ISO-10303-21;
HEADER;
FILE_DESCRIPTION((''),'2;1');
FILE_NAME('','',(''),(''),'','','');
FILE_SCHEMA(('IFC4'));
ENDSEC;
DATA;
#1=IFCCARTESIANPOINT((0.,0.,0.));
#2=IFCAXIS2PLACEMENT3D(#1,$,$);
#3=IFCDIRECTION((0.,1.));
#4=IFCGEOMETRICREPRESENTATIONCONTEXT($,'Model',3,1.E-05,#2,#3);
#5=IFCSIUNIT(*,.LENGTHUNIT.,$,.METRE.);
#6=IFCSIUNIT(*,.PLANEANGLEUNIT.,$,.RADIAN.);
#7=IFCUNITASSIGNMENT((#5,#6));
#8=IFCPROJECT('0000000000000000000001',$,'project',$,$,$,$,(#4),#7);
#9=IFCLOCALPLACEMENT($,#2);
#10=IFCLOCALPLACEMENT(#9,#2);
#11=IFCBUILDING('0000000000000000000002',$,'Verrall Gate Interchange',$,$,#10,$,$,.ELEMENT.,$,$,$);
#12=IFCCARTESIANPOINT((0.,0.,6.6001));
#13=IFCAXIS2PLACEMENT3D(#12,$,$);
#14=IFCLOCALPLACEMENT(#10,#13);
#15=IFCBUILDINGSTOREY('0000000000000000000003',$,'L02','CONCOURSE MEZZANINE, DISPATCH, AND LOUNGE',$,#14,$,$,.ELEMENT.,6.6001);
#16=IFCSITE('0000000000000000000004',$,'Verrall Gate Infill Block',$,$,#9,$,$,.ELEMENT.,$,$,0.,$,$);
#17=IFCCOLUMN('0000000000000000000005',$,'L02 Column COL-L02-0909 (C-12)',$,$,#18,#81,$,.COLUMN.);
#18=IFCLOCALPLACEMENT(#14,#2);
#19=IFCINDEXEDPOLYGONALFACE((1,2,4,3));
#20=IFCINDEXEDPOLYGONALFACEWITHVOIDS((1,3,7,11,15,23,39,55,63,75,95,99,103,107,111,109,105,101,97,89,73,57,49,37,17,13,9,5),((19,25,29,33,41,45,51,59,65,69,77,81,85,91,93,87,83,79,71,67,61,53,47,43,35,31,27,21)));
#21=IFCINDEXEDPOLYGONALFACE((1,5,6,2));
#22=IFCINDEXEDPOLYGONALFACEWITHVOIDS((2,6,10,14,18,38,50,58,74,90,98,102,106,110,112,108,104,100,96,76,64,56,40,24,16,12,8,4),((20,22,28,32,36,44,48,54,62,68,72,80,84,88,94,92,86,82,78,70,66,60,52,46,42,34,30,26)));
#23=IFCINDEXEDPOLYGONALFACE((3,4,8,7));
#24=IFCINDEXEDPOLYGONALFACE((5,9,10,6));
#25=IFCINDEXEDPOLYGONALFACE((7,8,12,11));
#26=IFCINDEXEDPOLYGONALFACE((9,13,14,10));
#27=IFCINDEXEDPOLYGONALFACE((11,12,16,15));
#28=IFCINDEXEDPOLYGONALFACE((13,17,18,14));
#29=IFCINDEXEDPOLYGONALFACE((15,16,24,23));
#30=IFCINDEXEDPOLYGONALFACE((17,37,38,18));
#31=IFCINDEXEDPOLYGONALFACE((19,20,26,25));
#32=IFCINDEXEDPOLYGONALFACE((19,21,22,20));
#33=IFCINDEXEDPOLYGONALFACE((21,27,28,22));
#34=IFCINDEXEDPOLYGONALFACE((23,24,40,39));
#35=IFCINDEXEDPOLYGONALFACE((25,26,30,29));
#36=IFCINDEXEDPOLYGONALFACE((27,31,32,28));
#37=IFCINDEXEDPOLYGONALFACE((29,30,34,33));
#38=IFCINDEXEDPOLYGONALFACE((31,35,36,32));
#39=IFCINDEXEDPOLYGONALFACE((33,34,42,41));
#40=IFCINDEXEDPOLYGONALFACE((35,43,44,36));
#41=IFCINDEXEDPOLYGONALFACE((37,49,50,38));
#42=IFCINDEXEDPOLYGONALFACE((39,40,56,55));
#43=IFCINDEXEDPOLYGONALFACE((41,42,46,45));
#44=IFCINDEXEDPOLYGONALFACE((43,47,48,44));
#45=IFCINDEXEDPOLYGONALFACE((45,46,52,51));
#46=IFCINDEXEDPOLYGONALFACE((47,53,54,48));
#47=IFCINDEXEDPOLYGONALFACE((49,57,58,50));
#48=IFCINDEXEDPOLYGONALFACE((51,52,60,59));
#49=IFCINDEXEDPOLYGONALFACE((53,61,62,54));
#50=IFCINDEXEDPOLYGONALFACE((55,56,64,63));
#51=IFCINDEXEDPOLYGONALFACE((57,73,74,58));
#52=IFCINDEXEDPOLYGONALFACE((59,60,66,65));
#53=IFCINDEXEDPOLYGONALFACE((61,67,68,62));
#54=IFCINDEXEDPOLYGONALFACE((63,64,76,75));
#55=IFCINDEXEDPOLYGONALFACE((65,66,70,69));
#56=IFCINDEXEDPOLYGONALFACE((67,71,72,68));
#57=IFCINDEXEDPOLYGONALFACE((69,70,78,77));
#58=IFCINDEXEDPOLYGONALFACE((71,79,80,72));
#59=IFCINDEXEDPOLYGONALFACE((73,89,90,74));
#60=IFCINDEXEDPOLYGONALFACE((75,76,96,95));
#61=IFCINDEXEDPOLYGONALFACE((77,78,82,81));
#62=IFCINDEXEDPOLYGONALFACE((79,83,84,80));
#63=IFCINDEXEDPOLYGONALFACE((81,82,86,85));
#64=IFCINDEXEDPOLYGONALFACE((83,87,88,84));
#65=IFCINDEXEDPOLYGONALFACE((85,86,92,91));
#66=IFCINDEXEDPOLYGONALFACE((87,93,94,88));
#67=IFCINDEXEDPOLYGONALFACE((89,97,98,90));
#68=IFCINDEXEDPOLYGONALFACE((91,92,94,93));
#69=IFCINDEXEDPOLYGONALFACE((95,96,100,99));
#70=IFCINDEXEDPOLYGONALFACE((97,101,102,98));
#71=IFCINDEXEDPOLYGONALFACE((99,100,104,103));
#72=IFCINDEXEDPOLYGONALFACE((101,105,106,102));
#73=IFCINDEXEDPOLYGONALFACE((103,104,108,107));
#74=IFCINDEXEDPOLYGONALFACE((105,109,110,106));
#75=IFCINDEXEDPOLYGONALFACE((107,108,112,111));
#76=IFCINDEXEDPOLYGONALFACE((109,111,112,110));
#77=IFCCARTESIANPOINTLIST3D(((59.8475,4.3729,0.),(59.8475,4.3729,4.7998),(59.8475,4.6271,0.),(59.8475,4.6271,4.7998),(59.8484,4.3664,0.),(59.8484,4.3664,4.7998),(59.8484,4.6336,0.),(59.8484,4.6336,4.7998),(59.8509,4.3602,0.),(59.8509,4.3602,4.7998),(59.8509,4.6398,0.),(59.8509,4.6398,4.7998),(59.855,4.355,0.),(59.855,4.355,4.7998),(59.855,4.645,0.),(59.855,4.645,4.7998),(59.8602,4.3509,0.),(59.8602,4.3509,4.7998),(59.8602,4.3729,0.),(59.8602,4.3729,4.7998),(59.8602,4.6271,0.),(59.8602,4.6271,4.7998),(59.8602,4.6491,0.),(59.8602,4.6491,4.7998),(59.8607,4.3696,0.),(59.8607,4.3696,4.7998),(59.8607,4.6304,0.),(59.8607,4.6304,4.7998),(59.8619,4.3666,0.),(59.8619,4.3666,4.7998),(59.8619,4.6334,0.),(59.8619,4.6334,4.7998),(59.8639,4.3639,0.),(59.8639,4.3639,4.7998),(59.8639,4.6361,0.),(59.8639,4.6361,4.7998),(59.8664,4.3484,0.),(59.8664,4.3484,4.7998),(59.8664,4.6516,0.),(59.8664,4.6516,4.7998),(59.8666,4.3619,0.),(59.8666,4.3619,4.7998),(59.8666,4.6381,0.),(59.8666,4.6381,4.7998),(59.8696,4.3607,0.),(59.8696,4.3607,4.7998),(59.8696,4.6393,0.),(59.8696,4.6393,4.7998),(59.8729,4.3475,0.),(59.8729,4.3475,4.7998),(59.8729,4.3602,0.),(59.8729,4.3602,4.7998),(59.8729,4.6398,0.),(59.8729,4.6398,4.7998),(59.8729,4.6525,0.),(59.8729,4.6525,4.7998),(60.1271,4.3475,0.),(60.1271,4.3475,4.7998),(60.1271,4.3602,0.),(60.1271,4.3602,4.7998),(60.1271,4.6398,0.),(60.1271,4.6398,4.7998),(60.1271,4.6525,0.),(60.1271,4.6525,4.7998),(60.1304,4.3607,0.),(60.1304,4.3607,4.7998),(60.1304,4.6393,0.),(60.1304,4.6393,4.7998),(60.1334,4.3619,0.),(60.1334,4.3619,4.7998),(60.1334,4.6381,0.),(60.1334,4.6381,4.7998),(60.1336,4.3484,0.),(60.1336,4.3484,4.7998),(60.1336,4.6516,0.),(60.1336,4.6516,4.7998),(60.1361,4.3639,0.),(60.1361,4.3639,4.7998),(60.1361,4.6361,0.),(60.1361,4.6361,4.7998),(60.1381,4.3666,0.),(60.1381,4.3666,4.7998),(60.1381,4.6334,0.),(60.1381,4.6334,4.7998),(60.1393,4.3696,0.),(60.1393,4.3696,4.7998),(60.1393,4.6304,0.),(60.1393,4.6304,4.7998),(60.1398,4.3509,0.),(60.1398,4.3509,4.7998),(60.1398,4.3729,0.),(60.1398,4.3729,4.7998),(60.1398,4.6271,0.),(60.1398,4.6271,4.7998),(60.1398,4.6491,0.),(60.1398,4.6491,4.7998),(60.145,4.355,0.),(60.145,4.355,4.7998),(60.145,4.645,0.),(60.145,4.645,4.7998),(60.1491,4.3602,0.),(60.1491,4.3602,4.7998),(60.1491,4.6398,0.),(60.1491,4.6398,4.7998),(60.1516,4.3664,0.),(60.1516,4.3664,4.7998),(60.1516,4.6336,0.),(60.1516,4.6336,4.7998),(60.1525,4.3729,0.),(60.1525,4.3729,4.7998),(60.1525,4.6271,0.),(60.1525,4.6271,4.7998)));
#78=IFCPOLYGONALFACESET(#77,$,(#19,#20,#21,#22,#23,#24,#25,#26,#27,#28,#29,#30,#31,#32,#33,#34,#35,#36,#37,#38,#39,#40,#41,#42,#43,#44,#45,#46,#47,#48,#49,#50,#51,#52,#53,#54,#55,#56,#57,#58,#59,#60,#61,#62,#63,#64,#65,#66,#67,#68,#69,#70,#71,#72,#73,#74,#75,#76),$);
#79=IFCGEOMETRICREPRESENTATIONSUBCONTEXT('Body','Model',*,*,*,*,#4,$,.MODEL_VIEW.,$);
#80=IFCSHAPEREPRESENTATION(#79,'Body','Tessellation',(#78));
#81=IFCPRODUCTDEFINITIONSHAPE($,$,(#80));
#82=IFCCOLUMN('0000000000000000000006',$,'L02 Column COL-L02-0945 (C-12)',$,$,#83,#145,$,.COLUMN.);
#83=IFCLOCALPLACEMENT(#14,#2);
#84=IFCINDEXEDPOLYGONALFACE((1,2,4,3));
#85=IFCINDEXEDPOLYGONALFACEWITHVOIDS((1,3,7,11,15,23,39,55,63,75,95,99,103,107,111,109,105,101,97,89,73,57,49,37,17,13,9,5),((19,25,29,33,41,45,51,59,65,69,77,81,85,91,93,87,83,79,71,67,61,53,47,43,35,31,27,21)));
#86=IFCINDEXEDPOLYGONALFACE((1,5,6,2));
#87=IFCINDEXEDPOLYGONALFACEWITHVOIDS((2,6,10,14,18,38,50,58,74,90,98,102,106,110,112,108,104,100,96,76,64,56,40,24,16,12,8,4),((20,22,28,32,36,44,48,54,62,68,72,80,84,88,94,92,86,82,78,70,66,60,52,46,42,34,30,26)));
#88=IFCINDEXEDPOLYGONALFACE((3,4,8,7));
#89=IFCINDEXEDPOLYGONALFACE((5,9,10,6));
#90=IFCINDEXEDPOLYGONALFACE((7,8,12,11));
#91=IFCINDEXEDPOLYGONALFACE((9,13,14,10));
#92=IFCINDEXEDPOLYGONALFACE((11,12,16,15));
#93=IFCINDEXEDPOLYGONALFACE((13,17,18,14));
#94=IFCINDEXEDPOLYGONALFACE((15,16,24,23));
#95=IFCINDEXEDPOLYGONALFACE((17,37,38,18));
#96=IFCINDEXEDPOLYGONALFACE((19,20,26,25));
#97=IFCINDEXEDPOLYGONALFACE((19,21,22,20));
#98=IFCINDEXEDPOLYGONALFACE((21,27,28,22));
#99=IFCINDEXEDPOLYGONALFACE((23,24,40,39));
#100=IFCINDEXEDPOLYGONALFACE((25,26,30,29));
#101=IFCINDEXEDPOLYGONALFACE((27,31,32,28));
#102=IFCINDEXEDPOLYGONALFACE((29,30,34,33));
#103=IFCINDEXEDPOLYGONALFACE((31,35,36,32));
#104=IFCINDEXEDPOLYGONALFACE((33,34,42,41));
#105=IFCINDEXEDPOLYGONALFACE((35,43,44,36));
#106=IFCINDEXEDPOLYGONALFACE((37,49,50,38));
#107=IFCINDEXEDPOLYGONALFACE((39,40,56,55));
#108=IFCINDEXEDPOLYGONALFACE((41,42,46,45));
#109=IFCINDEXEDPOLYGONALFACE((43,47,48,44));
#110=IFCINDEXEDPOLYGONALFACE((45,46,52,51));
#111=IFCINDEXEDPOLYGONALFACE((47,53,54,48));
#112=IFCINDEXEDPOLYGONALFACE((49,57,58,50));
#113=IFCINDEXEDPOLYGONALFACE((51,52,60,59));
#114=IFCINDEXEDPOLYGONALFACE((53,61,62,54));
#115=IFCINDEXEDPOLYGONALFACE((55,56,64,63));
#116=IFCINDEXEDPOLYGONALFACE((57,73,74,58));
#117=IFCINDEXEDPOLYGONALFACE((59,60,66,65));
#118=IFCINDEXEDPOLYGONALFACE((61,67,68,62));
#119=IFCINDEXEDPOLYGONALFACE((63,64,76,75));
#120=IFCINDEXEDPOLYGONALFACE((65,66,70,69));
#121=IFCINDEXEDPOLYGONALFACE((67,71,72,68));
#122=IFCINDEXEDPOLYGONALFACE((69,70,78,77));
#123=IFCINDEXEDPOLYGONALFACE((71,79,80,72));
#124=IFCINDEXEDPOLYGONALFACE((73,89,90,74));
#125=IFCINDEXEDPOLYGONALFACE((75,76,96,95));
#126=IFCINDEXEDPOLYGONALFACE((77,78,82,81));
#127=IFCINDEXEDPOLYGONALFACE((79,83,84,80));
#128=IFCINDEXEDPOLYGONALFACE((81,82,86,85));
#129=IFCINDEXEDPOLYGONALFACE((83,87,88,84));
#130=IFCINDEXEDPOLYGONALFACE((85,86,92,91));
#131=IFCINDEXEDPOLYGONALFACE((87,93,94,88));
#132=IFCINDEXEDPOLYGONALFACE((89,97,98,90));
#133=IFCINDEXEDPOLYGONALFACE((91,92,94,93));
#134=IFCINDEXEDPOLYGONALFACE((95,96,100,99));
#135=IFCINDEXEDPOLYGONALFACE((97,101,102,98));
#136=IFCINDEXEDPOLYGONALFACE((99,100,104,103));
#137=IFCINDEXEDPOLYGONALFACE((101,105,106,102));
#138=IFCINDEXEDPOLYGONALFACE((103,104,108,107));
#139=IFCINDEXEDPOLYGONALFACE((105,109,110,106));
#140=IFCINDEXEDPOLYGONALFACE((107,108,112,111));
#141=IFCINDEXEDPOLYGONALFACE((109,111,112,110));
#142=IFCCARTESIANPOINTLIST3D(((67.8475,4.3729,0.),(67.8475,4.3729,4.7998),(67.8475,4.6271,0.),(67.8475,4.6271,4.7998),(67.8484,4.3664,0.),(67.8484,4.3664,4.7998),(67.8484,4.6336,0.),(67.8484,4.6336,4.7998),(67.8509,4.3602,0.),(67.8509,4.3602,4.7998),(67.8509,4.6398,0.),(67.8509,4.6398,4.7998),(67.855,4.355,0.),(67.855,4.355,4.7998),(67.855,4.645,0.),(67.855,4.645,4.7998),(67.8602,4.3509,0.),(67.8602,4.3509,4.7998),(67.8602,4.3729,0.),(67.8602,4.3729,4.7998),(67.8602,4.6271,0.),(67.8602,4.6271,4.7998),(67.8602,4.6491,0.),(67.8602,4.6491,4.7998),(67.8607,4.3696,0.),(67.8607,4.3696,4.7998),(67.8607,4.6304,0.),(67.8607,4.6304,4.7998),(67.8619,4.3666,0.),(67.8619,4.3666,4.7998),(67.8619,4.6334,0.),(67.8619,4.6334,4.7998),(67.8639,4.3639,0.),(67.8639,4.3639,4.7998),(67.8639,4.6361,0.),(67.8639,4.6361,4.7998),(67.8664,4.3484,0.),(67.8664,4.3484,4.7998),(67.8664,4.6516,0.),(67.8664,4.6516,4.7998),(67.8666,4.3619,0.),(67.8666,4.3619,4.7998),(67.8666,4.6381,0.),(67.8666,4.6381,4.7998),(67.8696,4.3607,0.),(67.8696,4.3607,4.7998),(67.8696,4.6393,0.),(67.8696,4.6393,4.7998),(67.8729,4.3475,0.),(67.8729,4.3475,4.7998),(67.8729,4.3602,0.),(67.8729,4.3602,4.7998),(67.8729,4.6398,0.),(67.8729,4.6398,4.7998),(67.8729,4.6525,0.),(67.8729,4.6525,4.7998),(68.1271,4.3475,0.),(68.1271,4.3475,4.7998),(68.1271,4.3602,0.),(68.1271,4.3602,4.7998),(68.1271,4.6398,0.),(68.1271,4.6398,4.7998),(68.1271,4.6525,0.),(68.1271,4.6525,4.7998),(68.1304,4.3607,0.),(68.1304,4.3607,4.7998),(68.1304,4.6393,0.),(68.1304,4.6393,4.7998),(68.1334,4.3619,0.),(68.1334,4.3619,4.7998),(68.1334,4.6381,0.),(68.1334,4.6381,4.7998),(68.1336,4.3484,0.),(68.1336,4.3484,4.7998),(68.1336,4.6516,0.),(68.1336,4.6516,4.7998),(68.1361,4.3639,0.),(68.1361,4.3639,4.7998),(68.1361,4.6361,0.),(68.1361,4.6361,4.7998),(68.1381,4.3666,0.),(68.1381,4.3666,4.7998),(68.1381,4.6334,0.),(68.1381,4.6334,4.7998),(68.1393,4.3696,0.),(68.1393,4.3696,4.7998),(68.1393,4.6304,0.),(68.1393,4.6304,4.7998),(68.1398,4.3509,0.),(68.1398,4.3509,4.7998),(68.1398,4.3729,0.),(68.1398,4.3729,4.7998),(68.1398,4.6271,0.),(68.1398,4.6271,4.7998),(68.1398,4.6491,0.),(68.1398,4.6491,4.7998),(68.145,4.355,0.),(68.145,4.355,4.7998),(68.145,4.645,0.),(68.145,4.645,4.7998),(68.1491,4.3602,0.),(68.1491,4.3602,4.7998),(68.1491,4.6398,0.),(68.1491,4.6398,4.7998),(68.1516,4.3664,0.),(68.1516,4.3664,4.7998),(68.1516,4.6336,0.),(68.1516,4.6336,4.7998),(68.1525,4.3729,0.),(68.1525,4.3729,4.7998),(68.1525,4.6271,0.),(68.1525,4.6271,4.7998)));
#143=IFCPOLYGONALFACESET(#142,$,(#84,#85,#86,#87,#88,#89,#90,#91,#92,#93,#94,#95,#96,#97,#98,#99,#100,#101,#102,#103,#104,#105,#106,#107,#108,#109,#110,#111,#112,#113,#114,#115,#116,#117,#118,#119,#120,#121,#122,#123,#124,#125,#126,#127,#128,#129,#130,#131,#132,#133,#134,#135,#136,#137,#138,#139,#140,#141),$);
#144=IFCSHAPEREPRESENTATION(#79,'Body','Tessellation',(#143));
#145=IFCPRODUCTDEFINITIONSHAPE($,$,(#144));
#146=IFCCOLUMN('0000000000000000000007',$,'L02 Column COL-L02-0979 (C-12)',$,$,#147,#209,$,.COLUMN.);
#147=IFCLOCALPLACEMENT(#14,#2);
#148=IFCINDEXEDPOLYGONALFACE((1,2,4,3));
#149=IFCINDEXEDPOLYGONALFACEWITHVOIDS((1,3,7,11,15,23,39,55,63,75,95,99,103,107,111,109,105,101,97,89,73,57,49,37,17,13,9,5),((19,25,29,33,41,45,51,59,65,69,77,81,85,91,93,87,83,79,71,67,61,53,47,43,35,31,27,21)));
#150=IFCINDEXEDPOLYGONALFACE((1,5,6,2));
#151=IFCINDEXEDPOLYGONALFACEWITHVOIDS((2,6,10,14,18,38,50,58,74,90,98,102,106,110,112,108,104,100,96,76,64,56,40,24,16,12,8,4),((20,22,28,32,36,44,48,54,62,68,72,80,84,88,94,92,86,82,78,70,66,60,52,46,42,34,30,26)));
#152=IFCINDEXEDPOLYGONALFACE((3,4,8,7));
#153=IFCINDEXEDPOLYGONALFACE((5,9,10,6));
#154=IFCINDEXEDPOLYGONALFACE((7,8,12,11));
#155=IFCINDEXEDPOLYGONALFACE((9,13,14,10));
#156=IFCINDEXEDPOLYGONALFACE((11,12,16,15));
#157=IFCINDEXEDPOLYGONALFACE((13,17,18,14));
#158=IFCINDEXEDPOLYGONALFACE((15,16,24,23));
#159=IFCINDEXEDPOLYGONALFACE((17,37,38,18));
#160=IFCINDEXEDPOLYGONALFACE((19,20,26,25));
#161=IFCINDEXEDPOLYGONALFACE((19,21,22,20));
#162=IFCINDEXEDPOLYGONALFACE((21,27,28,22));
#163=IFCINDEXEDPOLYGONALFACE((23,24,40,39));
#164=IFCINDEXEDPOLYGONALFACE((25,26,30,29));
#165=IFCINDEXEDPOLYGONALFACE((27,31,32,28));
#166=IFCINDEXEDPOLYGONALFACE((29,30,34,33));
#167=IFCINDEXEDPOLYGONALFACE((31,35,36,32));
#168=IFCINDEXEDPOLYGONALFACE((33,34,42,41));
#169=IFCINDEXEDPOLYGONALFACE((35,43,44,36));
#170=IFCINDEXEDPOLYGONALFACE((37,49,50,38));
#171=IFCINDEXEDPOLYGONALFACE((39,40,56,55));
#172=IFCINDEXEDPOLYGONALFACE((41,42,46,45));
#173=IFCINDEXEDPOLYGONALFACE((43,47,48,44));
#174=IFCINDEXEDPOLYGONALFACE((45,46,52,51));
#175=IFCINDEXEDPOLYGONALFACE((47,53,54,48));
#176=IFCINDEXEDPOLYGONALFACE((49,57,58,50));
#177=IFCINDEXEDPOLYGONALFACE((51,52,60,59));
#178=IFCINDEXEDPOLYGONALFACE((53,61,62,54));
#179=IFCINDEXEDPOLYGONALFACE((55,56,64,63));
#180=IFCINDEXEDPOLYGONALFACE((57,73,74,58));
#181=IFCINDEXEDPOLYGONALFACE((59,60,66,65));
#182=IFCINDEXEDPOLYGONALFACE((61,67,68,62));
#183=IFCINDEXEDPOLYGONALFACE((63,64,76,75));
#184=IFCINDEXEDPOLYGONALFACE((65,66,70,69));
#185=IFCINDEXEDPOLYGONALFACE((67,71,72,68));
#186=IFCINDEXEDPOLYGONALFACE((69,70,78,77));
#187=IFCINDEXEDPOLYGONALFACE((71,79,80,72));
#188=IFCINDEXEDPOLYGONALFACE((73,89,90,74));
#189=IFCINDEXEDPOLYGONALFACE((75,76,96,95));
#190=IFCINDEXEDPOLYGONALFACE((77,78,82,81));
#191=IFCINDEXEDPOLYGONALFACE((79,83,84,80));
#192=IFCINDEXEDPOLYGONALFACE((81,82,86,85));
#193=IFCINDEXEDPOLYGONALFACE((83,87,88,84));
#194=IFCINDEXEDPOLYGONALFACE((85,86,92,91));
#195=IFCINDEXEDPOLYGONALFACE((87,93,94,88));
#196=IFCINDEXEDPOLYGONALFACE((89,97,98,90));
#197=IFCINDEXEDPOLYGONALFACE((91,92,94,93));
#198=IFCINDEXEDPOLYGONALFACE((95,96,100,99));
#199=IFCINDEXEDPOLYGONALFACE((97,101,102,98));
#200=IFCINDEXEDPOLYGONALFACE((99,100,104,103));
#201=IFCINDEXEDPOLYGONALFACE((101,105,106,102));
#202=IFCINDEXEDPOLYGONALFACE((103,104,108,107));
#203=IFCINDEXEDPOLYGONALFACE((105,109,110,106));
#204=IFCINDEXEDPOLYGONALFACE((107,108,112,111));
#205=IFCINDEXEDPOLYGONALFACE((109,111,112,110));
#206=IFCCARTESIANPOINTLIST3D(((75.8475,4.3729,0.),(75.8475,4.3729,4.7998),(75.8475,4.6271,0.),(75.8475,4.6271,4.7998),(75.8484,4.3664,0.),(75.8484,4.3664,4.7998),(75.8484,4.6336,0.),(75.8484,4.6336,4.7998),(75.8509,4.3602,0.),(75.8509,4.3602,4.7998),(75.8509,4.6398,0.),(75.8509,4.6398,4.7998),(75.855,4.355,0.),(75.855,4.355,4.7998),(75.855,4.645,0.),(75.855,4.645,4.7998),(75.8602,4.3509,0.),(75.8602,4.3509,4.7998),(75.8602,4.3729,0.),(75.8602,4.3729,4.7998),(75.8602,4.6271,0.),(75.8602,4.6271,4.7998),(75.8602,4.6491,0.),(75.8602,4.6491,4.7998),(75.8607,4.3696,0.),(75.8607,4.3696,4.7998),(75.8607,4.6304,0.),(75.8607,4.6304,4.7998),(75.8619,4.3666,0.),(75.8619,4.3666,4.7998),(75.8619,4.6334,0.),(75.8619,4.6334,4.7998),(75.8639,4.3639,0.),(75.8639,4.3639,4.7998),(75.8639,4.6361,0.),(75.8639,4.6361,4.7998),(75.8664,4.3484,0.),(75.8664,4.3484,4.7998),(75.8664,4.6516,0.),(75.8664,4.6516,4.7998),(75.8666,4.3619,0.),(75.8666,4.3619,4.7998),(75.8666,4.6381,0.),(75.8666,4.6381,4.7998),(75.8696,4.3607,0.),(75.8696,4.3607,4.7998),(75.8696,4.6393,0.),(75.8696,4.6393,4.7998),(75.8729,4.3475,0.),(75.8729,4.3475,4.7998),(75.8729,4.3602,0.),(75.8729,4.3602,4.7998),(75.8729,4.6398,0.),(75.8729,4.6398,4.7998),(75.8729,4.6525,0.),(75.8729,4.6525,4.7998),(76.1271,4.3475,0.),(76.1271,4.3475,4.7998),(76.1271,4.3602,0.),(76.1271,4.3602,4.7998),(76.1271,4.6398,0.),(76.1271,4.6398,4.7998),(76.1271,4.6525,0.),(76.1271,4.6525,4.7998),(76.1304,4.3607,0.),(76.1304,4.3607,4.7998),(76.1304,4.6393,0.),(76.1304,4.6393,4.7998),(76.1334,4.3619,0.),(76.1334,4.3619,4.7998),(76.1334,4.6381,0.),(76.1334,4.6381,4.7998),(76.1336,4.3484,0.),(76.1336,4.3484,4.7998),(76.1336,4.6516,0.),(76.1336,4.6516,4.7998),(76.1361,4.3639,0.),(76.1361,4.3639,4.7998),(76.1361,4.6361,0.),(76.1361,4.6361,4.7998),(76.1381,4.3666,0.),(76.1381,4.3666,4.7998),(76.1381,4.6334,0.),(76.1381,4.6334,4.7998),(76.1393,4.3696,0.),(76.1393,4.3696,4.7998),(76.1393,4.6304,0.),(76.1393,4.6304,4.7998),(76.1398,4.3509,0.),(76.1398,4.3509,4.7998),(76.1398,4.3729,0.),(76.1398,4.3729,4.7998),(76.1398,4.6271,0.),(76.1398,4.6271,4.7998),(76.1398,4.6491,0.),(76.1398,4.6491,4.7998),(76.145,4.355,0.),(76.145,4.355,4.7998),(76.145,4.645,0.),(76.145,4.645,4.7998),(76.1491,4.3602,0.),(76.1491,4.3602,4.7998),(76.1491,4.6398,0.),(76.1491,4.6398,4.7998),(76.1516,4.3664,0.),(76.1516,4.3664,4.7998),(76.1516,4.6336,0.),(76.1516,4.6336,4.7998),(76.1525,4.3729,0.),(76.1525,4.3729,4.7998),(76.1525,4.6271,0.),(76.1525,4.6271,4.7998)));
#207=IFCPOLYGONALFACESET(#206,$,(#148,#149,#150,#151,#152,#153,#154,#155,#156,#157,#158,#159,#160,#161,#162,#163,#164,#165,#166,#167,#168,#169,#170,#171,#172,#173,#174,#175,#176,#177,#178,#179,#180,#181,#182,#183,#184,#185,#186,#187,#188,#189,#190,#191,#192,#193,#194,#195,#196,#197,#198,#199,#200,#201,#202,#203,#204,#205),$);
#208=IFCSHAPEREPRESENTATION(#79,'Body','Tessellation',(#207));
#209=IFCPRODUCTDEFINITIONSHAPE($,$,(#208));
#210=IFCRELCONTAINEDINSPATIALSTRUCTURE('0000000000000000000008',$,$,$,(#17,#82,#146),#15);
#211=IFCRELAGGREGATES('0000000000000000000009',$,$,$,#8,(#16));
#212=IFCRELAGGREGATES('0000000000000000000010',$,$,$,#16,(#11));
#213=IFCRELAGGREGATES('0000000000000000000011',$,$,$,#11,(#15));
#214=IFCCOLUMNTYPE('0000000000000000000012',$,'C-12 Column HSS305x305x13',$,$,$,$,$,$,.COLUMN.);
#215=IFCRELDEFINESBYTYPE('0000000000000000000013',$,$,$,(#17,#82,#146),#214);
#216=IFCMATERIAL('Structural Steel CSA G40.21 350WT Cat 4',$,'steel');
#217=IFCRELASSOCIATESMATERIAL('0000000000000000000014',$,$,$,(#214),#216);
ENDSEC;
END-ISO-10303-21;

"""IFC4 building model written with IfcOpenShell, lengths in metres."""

from ifc_helpers import new_model, si_unit, direction, frame, origin, origin_2d, place, context, subcontext, project, spatial, hollow_rectangle, extrude, material, material_profile, profile_set, type_object, element, save


model = new_model("IFC4")

# Units and contexts
model_context = context("Model", 3, precision=1e-05, world=origin(), true_north=direction((0.0, 1.0)))
body_context = subcontext(model_context, "Body", "Model", "MODEL_VIEW")
ifc_project = project(units=[si_unit("LENGTHUNIT", "METRE"), si_unit("PLANEANGLEUNIT", "RADIAN")], contexts=[model_context])

# Site, building, storey
site_placement = place(None, origin())
site = spatial("IfcSite", under=ifc_project, at=site_placement, Name="Verrall Gate Infill Block", CompositionType="ELEMENT", RefElevation=0.0)
building_placement = place(site_placement, origin())
building = spatial("IfcBuilding", under=site, at=building_placement, Name="Verrall Gate Interchange", CompositionType="ELEMENT")
storey_placement = place(building_placement, frame((0.0, 0.0, 6.6001)))
storey = spatial("IfcBuildingStorey", under=building, at=storey_placement, Name="L02", Description="CONCOURSE MEZZANINE, DISPATCH, AND LOUNGE", CompositionType="ELEMENT", Elevation=6.6001)

# Columns
ifc_material_1 = material(Name="Structural Steel CSA G40.21 350WT Cat 4", Category="steel")
ifc_material_profile_1 = material_profile(ifc_material_1, hollow_rectangle(XDim=0.3049, YDim=0.3049, WallThickness=0.0127, InnerFilletRadius=0.0127, OuterFilletRadius=0.0254, at=origin_2d()), Name="HSS305x305x13")
ifc_profile_set_1 = profile_set([ifc_material_profile_1], Name="Structural Steel CSA G40.21 350WT Cat 4")
column_type = type_object("IfcColumnType", Name="C-12 Column HSS305x305x13", PredefinedType="COLUMN", material=ifc_profile_set_1)
for number, where, z_axis, x_axis, name in (
    (1, (60.0, 4.5, 0.0), (0.0, 0.0, 1.0), (1.0, 0.0, 0.0), "L02 Column COL-L02-0909 (C-12)"),
    (2, (68.0, 4.5, 0.0), (0.0, 0.0, 1.0), (1.0, 0.0, 0.0), "L02 Column COL-L02-0945 (C-12)"),
    (3, (76.0, 4.5, 0.0), (0.0, 0.0, 1.0), (1.0, 0.0, 0.0), "L02 Column COL-L02-0979 (C-12)"),
):
    element("IfcColumn", number, at=place(storey_placement, frame(where, z_axis=z_axis, x_axis=x_axis)), inside=storey, type_object=column_type, Name=name, PredefinedType="COLUMN", context=body_context, shape_type="SweptSolid", body=[
        extrude(hollow_rectangle(XDim=0.3049, YDim=0.3049, WallThickness=0.0127, InnerFilletRadius=0.0127, OuterFilletRadius=0.0254, at=origin_2d()), origin(), (0.0, 0.0, 1.0), 4.7998),
    ])

save(model, "model.ifc")
